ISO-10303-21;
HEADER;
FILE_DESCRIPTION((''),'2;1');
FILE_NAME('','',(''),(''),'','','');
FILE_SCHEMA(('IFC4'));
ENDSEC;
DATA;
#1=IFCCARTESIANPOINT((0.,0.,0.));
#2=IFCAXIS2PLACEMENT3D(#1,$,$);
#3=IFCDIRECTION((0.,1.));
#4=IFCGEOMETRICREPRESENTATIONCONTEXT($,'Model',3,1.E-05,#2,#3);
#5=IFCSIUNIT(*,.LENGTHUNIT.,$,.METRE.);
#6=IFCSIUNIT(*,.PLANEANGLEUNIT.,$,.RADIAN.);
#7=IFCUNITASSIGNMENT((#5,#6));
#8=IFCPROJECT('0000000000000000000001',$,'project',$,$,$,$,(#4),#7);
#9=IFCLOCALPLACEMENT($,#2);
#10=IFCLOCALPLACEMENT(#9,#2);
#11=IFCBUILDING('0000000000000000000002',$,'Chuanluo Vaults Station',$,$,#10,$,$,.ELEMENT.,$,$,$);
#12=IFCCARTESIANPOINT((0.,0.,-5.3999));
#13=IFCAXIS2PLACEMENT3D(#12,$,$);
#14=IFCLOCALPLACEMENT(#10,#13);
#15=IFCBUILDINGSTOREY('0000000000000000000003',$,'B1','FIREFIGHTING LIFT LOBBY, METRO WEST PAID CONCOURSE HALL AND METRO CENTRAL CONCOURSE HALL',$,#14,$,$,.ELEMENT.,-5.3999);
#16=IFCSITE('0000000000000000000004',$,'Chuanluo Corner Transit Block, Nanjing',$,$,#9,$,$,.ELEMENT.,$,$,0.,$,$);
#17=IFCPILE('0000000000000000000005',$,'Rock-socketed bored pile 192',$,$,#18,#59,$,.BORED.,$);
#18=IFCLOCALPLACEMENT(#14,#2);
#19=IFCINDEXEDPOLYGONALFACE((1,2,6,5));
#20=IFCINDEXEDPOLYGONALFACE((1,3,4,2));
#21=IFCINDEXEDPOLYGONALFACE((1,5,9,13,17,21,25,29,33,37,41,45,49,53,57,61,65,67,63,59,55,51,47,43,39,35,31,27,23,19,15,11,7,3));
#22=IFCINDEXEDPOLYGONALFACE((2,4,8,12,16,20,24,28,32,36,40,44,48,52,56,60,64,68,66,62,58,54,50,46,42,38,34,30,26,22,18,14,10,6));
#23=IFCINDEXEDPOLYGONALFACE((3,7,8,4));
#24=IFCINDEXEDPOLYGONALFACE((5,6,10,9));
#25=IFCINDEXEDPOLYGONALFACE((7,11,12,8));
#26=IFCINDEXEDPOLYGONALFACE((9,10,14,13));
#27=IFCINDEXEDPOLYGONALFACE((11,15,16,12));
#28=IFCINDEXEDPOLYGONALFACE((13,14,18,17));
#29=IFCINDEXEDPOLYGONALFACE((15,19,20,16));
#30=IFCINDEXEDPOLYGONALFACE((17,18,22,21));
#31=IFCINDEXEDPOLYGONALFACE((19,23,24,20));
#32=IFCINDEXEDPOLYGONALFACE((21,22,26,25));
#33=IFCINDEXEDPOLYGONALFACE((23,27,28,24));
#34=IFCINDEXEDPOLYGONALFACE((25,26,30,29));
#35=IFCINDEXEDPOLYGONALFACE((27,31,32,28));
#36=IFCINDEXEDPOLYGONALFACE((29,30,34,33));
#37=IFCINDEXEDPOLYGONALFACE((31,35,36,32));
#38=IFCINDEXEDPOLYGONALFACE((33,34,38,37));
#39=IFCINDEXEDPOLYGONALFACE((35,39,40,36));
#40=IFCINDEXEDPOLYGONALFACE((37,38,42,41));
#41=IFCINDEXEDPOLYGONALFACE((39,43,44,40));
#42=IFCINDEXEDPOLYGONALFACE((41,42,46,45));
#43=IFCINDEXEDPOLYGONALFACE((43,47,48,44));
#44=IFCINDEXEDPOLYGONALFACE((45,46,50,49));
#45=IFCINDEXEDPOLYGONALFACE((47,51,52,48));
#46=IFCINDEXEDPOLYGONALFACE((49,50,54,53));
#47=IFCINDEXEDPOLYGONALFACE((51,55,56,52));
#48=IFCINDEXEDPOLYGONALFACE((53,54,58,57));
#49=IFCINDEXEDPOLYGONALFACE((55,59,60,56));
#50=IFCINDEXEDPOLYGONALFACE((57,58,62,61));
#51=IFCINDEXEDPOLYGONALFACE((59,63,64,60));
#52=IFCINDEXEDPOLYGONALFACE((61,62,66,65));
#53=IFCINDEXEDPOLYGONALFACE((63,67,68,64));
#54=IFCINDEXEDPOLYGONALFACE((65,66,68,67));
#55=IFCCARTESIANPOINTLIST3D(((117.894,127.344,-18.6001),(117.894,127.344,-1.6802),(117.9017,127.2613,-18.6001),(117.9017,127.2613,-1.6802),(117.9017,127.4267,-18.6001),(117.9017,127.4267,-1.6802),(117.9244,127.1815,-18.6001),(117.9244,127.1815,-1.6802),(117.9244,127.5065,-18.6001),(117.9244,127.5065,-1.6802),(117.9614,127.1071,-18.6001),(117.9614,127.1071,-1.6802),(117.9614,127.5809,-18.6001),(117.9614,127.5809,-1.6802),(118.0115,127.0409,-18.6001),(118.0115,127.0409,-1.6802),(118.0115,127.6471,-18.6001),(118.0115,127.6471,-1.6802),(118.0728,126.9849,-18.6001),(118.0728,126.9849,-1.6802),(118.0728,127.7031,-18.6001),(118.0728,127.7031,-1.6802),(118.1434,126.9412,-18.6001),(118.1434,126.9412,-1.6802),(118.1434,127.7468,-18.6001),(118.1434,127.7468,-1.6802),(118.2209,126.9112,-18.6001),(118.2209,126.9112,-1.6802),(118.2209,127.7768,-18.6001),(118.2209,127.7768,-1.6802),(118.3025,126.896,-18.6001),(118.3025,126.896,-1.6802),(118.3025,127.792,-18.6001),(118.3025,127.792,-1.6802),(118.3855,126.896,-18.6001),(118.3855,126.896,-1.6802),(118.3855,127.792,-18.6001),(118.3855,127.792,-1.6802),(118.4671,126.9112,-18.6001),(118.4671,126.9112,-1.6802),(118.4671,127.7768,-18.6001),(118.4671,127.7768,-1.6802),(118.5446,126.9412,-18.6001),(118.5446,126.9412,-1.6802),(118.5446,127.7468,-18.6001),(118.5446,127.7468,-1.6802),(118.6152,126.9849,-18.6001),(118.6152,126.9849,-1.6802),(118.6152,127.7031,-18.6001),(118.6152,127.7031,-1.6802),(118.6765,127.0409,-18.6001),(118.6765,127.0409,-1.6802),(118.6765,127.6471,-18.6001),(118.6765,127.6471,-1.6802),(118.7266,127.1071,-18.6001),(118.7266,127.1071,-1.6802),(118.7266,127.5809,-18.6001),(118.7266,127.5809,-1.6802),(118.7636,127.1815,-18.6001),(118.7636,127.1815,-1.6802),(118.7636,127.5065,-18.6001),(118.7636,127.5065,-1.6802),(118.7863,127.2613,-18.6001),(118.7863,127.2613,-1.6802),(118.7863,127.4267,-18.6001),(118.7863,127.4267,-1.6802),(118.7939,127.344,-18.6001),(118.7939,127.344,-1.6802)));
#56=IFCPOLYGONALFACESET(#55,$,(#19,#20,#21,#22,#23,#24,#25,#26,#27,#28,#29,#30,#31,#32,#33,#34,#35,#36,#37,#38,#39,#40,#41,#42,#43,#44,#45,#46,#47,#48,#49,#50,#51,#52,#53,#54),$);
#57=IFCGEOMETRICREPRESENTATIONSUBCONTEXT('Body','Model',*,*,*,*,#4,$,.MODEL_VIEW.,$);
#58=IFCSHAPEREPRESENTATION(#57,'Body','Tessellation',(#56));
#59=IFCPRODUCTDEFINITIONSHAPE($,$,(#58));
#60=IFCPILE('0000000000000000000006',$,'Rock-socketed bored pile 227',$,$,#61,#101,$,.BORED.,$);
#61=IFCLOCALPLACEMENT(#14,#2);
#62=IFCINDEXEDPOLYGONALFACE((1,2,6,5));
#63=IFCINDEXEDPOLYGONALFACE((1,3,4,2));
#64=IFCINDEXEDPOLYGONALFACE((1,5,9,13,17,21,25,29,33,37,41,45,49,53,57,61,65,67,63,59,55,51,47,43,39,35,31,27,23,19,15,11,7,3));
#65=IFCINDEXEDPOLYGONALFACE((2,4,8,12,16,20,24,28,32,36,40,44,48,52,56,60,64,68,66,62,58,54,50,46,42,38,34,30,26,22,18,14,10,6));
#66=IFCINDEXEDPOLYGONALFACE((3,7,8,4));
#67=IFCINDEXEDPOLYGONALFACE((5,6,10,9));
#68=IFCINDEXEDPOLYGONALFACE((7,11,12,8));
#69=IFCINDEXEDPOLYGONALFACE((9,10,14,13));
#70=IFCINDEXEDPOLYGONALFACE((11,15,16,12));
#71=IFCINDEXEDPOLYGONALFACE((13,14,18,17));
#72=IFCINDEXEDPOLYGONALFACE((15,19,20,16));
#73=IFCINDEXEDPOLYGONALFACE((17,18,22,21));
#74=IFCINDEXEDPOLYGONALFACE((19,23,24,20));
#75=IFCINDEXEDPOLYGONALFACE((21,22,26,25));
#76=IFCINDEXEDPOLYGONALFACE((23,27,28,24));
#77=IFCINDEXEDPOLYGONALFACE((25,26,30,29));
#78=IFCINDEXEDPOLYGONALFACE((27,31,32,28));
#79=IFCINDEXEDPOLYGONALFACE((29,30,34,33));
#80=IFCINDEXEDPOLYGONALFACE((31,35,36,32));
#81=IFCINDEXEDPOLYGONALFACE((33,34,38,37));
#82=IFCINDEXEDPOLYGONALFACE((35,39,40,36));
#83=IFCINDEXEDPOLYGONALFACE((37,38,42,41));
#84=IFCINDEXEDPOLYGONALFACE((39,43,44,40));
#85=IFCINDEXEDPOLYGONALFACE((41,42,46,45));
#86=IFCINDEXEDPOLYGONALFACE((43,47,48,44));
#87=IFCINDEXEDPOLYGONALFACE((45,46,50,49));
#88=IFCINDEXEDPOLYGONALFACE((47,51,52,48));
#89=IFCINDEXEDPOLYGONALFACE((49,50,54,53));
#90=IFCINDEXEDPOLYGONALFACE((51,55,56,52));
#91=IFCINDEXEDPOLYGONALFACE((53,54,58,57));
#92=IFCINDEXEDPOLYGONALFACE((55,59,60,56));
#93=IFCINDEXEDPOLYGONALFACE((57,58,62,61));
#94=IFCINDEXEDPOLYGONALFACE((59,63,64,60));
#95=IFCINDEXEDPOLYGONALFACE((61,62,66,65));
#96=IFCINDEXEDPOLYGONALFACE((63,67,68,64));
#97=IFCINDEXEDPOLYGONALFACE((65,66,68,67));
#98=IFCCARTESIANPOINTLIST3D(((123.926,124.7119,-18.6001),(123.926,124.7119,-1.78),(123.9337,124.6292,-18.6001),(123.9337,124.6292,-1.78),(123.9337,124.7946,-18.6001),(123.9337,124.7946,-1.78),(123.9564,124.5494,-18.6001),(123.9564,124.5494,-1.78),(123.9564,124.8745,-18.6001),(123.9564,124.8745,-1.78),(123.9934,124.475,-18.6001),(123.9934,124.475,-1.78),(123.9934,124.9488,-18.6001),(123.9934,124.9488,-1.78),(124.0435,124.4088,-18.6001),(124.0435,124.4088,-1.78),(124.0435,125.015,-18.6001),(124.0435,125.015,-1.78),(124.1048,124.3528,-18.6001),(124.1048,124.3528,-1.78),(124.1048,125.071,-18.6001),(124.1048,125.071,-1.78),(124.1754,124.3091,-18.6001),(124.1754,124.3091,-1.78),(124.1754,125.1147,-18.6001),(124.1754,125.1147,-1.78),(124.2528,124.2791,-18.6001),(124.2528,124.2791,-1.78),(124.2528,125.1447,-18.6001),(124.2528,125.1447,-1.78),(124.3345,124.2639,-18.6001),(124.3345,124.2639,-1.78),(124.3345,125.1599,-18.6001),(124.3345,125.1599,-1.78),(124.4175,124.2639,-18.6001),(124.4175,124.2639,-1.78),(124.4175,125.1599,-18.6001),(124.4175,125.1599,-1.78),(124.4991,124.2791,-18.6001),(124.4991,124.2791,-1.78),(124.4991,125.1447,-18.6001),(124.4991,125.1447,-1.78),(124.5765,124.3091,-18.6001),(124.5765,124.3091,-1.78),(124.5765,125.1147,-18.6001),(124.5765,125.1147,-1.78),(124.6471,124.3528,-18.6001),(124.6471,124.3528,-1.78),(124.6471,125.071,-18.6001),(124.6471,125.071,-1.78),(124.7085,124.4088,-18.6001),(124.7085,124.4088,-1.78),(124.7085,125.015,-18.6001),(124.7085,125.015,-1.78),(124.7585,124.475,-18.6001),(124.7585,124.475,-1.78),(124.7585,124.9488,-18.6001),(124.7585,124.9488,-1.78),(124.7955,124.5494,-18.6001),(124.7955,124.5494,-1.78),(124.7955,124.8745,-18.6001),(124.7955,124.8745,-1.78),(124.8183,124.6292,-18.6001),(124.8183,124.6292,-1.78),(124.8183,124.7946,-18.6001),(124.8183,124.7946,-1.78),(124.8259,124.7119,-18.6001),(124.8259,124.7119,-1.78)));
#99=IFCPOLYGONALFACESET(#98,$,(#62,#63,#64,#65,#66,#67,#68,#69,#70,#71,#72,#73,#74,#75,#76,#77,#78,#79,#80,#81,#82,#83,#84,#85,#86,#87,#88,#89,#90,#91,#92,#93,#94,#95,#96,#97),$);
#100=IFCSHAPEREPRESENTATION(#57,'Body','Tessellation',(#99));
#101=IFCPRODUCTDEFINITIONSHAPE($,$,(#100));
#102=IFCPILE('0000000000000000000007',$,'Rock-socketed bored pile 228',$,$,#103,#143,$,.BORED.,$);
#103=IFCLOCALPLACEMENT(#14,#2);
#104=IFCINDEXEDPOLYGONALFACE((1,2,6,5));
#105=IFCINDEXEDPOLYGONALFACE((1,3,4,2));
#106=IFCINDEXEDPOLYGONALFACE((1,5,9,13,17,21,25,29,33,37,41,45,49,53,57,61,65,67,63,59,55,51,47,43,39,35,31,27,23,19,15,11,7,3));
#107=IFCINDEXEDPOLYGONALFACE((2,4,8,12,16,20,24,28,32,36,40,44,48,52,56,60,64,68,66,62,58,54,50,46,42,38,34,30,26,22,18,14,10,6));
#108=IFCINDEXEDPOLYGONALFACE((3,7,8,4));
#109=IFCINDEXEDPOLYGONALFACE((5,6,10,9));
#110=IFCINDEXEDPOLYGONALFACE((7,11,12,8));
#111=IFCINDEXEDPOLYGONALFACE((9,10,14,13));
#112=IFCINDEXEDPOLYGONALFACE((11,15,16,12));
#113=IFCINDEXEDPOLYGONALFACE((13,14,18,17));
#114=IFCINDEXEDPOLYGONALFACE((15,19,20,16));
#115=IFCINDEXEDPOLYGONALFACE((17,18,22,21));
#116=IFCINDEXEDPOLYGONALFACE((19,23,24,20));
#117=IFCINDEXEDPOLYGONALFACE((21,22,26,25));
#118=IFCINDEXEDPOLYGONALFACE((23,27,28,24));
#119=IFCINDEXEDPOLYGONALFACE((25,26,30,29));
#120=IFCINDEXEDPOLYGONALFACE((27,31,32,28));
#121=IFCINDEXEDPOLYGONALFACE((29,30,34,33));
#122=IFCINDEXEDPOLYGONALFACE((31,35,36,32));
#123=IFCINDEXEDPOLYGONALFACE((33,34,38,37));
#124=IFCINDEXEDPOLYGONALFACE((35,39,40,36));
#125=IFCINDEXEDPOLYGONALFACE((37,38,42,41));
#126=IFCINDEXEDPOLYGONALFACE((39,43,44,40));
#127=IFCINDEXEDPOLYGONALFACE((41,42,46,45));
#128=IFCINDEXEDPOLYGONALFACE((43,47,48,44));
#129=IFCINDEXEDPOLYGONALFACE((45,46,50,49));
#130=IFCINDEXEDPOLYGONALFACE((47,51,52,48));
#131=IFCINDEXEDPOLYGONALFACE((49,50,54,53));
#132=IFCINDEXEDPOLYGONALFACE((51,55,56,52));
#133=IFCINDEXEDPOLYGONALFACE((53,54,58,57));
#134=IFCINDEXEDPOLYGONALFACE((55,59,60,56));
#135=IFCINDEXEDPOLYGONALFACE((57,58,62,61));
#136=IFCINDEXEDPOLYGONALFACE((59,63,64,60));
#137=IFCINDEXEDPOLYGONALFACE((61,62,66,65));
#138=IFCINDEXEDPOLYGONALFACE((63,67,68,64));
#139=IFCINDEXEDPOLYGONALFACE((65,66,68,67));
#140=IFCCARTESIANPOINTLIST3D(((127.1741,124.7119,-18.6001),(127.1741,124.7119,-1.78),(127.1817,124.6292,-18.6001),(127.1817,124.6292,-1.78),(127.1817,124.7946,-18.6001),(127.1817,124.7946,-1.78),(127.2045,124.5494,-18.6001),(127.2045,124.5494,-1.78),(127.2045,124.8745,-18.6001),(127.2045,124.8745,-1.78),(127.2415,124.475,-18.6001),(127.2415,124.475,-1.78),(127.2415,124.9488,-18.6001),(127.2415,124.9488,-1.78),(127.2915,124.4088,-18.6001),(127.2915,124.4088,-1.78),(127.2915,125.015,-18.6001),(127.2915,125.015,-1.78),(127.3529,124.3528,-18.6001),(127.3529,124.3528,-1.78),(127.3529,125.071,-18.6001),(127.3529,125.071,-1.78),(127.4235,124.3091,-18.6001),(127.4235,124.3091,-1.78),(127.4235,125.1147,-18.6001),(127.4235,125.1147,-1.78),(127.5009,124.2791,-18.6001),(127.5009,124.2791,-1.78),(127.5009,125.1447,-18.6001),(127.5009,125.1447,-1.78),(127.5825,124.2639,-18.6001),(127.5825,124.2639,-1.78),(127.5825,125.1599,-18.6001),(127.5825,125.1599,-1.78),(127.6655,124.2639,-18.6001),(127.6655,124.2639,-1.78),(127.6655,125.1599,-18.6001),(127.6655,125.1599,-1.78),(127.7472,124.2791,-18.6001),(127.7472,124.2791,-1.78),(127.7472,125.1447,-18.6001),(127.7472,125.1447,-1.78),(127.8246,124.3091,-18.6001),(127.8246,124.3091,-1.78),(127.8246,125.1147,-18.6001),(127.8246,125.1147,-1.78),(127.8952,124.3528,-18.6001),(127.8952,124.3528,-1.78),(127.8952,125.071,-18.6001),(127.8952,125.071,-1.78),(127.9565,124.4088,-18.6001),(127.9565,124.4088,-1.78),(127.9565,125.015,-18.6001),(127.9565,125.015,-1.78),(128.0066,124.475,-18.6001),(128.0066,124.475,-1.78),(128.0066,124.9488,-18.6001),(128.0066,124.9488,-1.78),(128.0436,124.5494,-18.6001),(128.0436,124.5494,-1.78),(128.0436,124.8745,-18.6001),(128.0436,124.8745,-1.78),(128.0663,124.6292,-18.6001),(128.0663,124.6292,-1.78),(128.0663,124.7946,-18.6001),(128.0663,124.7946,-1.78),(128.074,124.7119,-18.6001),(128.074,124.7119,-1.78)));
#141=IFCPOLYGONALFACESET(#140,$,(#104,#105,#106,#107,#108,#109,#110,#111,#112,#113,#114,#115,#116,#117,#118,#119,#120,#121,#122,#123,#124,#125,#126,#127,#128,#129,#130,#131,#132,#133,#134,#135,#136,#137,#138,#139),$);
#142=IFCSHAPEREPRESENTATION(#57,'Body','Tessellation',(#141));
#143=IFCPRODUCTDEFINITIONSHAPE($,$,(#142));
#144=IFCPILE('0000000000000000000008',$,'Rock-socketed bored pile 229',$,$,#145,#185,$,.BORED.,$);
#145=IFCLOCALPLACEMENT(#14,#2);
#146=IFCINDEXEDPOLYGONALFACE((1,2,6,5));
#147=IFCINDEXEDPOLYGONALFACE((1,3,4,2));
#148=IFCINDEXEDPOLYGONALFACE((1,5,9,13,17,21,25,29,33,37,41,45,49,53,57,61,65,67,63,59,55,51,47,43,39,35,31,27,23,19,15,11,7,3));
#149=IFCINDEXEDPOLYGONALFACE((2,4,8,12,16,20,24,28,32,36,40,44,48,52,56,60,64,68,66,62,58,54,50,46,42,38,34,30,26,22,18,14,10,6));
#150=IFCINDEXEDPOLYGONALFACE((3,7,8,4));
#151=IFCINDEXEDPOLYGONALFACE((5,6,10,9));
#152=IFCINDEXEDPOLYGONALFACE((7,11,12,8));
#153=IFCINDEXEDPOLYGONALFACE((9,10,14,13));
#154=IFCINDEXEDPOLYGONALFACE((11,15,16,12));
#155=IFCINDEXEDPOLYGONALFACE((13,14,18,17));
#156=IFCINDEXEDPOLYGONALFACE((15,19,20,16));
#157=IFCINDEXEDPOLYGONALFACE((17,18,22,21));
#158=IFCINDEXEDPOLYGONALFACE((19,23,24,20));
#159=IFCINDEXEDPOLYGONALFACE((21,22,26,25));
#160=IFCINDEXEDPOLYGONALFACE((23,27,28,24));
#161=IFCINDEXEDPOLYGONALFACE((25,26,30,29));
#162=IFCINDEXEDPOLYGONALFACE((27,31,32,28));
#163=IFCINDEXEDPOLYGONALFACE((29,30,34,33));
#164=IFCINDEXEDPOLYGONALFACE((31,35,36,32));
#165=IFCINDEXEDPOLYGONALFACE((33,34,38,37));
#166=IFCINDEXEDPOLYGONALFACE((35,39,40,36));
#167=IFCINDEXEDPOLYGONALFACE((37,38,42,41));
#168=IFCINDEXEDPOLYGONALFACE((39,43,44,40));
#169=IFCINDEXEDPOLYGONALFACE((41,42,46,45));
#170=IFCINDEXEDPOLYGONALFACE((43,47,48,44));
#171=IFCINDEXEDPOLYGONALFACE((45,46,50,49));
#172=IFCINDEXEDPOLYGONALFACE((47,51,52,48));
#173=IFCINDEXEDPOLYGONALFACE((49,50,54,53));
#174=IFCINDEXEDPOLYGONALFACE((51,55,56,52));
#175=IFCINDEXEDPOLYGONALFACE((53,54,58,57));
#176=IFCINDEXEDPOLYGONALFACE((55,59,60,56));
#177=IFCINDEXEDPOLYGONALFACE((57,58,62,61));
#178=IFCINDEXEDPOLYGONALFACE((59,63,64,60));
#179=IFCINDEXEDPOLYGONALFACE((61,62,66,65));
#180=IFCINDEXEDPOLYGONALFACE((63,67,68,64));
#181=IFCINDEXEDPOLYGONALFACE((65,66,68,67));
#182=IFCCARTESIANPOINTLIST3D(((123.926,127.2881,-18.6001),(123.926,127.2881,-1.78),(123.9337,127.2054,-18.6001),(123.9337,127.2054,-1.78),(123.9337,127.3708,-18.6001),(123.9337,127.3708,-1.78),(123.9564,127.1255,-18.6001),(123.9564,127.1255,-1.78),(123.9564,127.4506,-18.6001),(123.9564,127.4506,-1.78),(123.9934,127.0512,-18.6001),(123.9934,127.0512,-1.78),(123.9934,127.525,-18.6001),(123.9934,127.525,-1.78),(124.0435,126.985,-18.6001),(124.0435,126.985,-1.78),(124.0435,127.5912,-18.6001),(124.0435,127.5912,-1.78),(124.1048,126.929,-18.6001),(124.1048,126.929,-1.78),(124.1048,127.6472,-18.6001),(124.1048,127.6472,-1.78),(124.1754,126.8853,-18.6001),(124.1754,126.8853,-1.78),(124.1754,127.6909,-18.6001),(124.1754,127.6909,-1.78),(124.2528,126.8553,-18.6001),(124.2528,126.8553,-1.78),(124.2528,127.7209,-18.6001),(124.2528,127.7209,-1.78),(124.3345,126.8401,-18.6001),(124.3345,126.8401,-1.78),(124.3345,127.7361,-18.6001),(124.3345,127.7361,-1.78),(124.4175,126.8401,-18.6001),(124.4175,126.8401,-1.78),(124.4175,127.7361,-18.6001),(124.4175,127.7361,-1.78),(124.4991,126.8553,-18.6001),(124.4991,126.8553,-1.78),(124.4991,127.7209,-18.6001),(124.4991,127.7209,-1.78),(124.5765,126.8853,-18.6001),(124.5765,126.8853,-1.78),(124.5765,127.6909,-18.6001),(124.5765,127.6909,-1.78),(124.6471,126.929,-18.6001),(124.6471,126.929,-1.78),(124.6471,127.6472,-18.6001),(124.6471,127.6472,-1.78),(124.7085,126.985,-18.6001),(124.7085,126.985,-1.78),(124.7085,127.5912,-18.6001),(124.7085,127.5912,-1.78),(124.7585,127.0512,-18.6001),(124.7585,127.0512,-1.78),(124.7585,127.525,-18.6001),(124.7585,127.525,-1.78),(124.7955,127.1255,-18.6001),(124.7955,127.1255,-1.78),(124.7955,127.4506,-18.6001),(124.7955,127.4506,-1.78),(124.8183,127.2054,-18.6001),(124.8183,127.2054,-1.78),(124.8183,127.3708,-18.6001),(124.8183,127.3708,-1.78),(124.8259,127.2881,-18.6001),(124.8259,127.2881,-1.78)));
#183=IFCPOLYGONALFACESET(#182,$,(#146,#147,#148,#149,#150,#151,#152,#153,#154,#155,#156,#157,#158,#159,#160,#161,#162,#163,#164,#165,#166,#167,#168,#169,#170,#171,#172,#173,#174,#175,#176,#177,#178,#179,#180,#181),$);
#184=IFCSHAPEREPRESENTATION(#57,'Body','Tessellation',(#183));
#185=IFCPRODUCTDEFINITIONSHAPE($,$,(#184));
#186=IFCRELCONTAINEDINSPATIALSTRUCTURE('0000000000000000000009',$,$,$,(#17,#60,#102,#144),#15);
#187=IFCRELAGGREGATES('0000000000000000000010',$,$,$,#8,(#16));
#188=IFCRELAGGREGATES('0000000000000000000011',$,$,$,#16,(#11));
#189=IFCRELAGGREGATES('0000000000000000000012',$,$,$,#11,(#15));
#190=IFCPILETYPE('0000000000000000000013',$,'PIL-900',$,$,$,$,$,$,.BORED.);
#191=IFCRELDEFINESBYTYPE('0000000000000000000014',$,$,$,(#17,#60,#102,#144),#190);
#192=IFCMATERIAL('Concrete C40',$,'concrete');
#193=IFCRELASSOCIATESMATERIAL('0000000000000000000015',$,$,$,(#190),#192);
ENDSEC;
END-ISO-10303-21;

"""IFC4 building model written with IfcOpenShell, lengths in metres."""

from ifc_helpers import new_model, si_unit, direction, frame, origin, origin_2d, place, context, subcontext, project, spatial, circle, extrude, material, material_profile, profile_set, type_object, element, save


model = new_model("IFC4")

# Units and contexts
model_context = context("Model", 3, precision=1e-05, world=origin(), true_north=direction((0.0, 1.0)))
body_context = subcontext(model_context, "Body", "Model", "MODEL_VIEW")
ifc_project = project(units=[si_unit("LENGTHUNIT", "METRE"), si_unit("PLANEANGLEUNIT", "RADIAN")], contexts=[model_context])

# Site, building, storey
site_placement = place(None, origin())
site = spatial("IfcSite", under=ifc_project, at=site_placement, Name="Chuanluo Corner Transit Block, Nanjing", CompositionType="ELEMENT", RefElevation=0.0)
building_placement = place(site_placement, origin())
building = spatial("IfcBuilding", under=site, at=building_placement, Name="Chuanluo Vaults Station", CompositionType="ELEMENT")
storey_placement = place(building_placement, frame((0.0, 0.0, -5.3999)))
storey = spatial("IfcBuildingStorey", under=building, at=storey_placement, Name="B1", Description="FIREFIGHTING LIFT LOBBY, METRO WEST PAID CONCOURSE HALL AND METRO CENTRAL CONCOURSE HALL", CompositionType="ELEMENT", Elevation=-5.3999)

# Piles
ifc_material_1 = material(Name="Concrete C40", Category="concrete")
ifc_material_profile_1 = material_profile(ifc_material_1, circle(Radius=0.45, at=origin_2d()))
ifc_profile_set_1 = profile_set([ifc_material_profile_1], Name="Concrete C40")
pile_type_1 = type_object("IfcPileType", Name="PIL-900", PredefinedType="BORED", material=ifc_profile_set_1)
for number, where, z_axis, x_axis, name in (
    (1, (118.344, 127.344, -1.6802), (0.0, 0.0, -1.0), (1.0, 0.0, 0.0), "Rock-socketed bored pile 192"),
):
    element("IfcPile", number, at=place(storey_placement, frame(where, z_axis=z_axis, x_axis=x_axis)), inside=storey, type_object=pile_type_1, Name=name, PredefinedType="BORED", context=body_context, shape_type="SweptSolid", body=[
        extrude(circle(Radius=0.45, at=origin_2d()), origin(), (0.0, 0.0, 1.0), 16.9199),
    ])
for number, where, z_axis, x_axis, name in (
    (2, (124.376, 124.7119, -1.78), (0.0, 0.0, -1.0), (1.0, 0.0, 0.0), "Rock-socketed bored pile 227"),
    (3, (127.624, 124.7119, -1.78), (0.0, 0.0, -1.0), (1.0, 0.0, 0.0), "Rock-socketed bored pile 228"),
    (4, (124.376, 127.2881, -1.78), (0.0, 0.0, -1.0), (1.0, 0.0, 0.0), "Rock-socketed bored pile 229"),
):
    element("IfcPile", number, at=place(storey_placement, frame(where, z_axis=z_axis, x_axis=x_axis)), inside=storey, type_object=pile_type_1, Name=name, PredefinedType="BORED", context=body_context, shape_type="SweptSolid", body=[
        extrude(circle(Radius=0.45, at=origin_2d()), origin(), (0.0, 0.0, 1.0), 16.8201),
    ])

save(model, "model.ifc")
